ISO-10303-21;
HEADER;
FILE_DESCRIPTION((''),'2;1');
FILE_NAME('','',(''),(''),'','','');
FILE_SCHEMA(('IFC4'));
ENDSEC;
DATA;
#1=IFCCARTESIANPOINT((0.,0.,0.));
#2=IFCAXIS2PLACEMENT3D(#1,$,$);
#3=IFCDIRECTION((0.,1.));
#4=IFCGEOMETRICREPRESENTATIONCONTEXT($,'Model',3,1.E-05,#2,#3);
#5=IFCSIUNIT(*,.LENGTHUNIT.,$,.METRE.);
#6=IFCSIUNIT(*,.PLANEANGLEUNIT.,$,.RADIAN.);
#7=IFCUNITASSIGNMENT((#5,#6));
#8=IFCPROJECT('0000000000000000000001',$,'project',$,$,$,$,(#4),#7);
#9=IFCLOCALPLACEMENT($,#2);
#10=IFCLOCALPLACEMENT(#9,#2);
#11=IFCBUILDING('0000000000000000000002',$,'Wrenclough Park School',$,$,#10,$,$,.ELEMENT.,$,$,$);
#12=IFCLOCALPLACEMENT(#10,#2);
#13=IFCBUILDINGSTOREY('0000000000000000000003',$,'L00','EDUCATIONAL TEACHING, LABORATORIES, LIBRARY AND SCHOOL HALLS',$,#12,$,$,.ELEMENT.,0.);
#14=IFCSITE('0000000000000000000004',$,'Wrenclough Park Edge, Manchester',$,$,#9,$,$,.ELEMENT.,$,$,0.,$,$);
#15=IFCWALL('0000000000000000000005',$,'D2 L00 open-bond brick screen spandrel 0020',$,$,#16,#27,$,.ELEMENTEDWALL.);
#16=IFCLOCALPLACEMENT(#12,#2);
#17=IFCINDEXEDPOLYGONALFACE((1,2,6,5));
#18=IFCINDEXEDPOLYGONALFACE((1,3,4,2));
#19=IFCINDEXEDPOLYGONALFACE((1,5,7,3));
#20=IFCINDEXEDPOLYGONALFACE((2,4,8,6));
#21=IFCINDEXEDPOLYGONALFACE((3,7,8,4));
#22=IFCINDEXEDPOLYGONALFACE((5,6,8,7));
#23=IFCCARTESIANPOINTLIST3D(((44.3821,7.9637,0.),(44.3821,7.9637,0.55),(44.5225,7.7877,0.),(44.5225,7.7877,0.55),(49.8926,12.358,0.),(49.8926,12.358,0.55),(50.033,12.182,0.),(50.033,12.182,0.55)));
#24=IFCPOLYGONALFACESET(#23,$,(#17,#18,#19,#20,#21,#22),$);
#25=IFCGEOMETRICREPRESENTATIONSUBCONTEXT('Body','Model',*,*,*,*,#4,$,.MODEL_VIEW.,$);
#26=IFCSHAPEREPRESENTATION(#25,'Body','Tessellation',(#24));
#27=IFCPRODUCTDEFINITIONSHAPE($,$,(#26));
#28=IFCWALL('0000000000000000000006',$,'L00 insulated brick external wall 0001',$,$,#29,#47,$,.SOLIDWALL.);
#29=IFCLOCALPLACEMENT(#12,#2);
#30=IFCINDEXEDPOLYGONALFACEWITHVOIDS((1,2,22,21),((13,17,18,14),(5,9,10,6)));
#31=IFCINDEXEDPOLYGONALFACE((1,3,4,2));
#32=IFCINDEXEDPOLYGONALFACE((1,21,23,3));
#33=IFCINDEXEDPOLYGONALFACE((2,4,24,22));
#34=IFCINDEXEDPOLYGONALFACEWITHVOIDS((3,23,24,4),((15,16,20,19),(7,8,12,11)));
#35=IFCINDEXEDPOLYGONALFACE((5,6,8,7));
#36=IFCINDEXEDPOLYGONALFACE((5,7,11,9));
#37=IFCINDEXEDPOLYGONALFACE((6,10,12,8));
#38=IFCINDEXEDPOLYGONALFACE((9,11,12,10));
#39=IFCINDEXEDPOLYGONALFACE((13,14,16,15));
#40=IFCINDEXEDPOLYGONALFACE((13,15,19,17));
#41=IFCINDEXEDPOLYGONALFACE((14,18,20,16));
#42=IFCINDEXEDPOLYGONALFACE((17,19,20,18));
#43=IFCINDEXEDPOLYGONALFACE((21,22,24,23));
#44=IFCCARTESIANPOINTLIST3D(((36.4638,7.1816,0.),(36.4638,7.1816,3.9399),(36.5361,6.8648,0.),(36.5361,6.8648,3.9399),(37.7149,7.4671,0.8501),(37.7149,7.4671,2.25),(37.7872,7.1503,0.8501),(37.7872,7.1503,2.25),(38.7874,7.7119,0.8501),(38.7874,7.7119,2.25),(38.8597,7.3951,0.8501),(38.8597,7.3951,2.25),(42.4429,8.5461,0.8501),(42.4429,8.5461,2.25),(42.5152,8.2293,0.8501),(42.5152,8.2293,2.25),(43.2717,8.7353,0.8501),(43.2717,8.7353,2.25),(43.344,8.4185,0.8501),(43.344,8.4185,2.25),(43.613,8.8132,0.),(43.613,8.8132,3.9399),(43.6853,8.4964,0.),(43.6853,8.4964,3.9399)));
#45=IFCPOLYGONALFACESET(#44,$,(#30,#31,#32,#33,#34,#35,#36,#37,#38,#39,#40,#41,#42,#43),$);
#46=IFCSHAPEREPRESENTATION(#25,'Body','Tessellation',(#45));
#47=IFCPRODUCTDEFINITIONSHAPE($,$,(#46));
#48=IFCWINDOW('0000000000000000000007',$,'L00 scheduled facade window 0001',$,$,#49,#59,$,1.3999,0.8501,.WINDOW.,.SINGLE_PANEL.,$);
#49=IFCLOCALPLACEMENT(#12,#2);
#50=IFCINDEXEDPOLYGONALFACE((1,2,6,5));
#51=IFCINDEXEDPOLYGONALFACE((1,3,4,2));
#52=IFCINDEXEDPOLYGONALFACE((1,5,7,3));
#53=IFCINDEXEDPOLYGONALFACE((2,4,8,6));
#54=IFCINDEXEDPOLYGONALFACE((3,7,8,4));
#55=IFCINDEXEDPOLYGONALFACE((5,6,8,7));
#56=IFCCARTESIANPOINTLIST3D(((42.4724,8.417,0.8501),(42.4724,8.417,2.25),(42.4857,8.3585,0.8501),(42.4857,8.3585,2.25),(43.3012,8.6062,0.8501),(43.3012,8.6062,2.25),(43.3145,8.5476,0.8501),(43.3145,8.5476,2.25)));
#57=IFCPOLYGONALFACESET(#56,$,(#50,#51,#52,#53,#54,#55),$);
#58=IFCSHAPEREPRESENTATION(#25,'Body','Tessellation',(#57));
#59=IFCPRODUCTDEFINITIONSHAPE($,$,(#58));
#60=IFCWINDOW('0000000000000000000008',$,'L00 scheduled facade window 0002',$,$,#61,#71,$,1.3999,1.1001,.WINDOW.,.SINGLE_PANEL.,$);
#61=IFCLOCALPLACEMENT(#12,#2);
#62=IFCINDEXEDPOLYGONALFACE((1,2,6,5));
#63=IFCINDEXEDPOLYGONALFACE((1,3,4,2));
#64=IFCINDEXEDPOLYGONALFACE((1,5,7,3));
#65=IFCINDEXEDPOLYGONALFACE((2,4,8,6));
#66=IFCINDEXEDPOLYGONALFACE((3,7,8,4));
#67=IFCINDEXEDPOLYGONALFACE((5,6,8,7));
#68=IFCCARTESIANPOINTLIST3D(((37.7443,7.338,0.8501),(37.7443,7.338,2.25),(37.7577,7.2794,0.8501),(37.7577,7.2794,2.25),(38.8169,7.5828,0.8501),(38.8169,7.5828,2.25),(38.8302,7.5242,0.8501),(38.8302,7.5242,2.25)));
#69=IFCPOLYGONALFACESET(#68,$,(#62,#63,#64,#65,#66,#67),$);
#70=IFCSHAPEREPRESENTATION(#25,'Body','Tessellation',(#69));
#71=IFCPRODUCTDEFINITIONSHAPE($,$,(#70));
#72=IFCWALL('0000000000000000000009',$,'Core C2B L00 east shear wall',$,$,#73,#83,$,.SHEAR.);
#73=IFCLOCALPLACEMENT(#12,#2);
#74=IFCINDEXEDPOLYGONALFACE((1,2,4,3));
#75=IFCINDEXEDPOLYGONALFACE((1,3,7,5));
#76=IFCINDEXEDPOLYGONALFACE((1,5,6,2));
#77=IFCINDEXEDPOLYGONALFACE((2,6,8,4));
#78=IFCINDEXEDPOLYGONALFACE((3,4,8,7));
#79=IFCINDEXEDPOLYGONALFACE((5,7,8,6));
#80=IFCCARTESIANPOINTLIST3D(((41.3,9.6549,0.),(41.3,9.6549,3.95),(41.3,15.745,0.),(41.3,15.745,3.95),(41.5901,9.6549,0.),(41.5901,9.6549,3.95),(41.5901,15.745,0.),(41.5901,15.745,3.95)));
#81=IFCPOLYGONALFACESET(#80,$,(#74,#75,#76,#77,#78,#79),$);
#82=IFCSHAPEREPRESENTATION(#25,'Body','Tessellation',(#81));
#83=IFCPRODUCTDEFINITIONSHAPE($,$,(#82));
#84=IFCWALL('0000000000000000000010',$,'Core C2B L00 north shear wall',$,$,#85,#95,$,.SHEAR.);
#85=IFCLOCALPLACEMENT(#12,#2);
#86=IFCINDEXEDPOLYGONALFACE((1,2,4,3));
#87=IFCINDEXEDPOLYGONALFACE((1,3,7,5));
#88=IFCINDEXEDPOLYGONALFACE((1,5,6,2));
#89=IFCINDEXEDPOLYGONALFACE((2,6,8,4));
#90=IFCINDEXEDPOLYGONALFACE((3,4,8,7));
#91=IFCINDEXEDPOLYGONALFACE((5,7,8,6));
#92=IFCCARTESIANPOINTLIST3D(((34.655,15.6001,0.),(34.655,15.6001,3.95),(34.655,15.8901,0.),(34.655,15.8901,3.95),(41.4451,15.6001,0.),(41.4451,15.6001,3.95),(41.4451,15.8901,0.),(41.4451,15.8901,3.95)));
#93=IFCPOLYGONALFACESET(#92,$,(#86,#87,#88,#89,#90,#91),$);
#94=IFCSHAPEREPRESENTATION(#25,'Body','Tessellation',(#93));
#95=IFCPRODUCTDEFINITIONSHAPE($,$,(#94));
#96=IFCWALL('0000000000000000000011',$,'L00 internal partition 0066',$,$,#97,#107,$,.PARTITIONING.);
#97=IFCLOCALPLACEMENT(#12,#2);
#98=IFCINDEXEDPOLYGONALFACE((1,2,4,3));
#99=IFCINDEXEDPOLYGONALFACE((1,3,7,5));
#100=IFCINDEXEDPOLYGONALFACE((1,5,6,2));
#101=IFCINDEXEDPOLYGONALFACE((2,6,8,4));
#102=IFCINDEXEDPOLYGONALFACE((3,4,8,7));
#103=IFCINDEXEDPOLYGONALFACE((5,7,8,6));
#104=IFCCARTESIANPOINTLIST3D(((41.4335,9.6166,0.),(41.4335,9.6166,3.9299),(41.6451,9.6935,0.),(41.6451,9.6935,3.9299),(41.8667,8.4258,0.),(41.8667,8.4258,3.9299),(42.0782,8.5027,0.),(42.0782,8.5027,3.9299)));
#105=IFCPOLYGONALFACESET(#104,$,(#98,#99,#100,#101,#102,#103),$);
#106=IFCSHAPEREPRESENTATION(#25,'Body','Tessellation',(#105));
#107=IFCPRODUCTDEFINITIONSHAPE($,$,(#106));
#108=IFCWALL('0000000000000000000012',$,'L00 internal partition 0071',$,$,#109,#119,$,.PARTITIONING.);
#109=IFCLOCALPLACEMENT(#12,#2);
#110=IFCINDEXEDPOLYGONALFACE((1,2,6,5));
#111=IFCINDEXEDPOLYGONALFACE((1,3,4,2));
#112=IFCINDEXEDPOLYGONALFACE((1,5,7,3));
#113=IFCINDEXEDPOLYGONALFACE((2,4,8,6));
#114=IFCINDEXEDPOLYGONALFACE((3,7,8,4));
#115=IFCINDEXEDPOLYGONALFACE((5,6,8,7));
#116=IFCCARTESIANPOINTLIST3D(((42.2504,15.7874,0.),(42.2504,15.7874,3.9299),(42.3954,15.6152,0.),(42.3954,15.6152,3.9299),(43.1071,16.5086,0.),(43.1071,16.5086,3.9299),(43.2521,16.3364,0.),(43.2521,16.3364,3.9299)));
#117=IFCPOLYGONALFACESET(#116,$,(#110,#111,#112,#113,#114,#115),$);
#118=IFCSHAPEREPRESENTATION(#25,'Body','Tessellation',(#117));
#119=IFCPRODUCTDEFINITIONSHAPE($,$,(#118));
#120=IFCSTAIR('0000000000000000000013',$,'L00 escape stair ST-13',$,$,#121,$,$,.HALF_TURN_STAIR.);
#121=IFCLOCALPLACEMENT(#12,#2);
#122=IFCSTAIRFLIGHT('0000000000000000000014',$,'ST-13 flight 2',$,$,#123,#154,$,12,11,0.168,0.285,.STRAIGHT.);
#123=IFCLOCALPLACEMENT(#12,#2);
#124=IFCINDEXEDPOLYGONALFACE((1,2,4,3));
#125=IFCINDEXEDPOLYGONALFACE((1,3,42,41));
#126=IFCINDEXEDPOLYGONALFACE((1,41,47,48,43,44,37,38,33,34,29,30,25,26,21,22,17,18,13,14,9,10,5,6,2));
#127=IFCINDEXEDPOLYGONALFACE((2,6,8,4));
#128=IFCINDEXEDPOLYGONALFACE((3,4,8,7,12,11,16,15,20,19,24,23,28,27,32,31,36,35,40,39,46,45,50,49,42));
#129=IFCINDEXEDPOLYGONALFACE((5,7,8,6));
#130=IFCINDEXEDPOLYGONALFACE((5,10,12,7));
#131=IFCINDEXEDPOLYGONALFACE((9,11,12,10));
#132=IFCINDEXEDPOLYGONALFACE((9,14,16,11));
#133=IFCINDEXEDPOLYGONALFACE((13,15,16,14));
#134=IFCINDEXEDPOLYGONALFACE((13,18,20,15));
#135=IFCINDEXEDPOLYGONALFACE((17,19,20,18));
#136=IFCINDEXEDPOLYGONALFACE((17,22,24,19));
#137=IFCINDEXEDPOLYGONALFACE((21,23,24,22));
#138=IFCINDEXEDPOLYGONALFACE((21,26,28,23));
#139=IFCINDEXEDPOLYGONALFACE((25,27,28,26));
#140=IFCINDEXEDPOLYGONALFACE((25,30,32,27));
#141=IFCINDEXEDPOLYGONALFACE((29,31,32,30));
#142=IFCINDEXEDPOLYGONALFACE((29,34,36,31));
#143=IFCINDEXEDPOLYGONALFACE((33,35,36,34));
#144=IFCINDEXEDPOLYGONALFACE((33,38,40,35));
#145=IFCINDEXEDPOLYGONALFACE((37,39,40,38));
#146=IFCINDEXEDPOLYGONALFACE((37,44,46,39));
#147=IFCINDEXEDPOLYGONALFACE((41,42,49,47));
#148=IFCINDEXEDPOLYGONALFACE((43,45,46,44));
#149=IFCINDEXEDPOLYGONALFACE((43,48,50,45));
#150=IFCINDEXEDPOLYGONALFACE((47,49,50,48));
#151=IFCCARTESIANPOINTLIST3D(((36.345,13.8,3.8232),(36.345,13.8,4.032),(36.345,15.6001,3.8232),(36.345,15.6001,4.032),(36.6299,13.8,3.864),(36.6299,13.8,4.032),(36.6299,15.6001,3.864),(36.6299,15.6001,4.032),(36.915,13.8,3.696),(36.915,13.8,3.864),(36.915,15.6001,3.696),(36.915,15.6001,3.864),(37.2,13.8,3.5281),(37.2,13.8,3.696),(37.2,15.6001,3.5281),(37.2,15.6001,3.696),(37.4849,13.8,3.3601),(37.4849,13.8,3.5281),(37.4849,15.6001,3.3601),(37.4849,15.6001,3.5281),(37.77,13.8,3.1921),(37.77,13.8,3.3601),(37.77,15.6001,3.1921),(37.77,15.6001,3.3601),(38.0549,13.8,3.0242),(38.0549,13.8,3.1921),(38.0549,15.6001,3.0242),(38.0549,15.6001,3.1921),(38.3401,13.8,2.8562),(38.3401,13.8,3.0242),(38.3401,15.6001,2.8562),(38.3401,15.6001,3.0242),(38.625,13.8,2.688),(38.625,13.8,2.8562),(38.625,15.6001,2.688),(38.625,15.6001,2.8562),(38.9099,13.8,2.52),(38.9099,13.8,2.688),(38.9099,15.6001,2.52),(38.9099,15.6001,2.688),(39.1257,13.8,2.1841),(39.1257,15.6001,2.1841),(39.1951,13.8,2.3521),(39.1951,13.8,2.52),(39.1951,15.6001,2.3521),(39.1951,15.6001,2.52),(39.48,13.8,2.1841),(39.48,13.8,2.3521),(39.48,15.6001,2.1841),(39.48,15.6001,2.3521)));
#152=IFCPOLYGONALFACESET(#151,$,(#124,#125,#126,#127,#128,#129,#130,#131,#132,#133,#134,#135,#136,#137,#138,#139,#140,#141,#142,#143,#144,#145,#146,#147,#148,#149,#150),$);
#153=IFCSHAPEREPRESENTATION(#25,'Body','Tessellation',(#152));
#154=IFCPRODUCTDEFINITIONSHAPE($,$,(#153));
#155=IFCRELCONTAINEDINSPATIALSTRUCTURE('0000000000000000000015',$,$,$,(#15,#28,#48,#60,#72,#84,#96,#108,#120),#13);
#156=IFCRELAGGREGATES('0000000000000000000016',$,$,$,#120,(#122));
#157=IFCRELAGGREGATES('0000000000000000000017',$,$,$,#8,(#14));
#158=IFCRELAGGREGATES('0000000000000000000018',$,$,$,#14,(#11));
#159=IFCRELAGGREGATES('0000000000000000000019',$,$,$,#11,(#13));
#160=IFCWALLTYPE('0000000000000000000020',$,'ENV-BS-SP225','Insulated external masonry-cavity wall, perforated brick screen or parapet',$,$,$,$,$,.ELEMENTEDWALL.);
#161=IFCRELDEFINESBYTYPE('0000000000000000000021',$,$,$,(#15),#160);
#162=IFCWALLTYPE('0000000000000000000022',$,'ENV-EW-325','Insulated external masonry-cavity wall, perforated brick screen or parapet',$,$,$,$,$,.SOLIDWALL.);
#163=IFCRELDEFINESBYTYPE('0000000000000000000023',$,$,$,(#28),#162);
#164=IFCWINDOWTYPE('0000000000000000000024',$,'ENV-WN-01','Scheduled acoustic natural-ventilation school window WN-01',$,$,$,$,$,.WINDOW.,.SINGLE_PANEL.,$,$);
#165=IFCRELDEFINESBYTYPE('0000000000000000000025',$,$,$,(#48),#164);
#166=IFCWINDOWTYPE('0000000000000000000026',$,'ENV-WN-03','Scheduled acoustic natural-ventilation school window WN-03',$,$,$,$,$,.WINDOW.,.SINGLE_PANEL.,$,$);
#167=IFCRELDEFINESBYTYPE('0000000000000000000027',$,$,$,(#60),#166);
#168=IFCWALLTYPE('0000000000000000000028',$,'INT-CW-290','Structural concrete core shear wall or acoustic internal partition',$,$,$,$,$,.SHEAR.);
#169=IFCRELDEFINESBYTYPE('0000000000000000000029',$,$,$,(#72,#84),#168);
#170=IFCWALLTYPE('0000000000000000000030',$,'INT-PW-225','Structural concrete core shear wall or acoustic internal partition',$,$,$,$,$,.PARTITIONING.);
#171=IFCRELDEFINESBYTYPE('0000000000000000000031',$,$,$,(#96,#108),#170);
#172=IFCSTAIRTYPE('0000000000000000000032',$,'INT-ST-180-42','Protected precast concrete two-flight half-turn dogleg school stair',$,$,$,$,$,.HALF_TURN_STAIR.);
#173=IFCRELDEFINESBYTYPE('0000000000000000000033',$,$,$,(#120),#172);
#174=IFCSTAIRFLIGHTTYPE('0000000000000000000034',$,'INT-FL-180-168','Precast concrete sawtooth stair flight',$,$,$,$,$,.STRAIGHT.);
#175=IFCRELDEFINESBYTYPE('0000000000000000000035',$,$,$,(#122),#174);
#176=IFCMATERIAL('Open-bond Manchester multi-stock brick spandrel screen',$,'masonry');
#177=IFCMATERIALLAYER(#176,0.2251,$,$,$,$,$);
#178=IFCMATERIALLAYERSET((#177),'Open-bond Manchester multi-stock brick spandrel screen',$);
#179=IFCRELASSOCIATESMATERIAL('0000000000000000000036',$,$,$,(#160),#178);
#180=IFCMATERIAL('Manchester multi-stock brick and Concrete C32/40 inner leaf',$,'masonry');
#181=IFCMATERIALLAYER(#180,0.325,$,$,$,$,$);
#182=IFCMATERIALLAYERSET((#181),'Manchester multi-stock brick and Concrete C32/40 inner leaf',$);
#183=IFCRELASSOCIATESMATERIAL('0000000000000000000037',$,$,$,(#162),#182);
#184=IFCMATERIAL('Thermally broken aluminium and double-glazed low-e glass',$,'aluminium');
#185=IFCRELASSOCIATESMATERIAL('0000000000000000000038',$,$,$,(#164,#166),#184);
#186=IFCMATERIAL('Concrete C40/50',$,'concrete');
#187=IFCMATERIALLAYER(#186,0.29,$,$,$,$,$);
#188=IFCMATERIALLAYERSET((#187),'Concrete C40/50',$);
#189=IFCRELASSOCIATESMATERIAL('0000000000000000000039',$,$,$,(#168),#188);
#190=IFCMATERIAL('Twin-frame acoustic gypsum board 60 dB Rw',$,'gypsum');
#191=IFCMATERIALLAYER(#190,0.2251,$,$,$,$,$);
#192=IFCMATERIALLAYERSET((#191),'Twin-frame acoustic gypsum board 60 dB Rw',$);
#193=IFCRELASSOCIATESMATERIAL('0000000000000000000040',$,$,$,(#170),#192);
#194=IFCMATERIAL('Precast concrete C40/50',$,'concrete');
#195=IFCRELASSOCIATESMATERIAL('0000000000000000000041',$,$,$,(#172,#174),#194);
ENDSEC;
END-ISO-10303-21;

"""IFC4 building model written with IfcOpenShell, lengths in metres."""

from ifc_helpers import new_model, si_unit, direction, frame, frame_2d, origin, place, context, subcontext, project, spatial, polyline, rectangle, outline, extrude, material, layer, layer_set, type_object, element, fill, aggregate, save


model = new_model("IFC4")

# Units and contexts
model_context = context("Model", 3, precision=1e-05, world=origin(), true_north=direction((0.0, 1.0)))
body_context = subcontext(model_context, "Body", "Model", "MODEL_VIEW")
ifc_project = project(units=[si_unit("LENGTHUNIT", "METRE"), si_unit("PLANEANGLEUNIT", "RADIAN")], contexts=[model_context])

# Site, building, storey
site_placement = place(None, origin())
site = spatial("IfcSite", under=ifc_project, at=site_placement, Name="Wrenclough Park Edge, Manchester", CompositionType="ELEMENT", RefElevation=0.0)
building_placement = place(site_placement, origin())
building = spatial("IfcBuilding", under=site, at=building_placement, Name="Wrenclough Park School", CompositionType="ELEMENT")
storey_placement = place(building_placement, origin())
storey = spatial("IfcBuildingStorey", under=building, at=storey_placement, Name="L00", Description="EDUCATIONAL TEACHING, LABORATORIES, LIBRARY AND SCHOOL HALLS", CompositionType="ELEMENT", Elevation=0.0)

# Shared definitions
ifc_material_1 = material(Name="Concrete C40/50", Category="concrete")

# Wall
ifc_material_2 = material(Name="Open-bond Manchester multi-stock brick spandrel screen", Category="masonry")
ifc_layer_1 = layer(ifc_material_2, 0.2251)
ifc_layer_set_1 = layer_set([ifc_layer_1], Name="Open-bond Manchester multi-stock brick spandrel screen")
wall_type_1 = type_object("IfcWallType", Name="ENV-BS-SP225", Description="Insulated external masonry-cavity wall, perforated brick screen or parapet", PredefinedType="ELEMENTEDWALL", material=ifc_layer_set_1)
wall_1_placement = place(storey_placement, frame((44.4524, 7.8757, 0.0), z_axis=(0.0, 0.0, 1.0), x_axis=(0.781845, 0.623473, 0.0)))
element("IfcWall", 1, at=wall_1_placement, inside=storey, type_object=wall_type_1, Name="D2 L00 open-bond brick screen spandrel 0020", PredefinedType="ELEMENTEDWALL", context=body_context, shape_type="SweptSolid", body=[
    extrude(rectangle(XDim=7.0481, YDim=0.2251, at=frame_2d((3.5239, 0.0))), origin(), (0.0, 0.0, 1.0), 0.55),
])

# Wall, openings, windows
ifc_material_3 = material(Name="Manchester multi-stock brick and Concrete C32/40 inner leaf", Category="masonry")
ifc_layer_2 = layer(ifc_material_3, 0.325)
ifc_layer_set_2 = layer_set([ifc_layer_2], Name="Manchester multi-stock brick and Concrete C32/40 inner leaf")
wall_type_2 = type_object("IfcWallType", Name="ENV-EW-325", Description="Insulated external masonry-cavity wall, perforated brick screen or parapet", PredefinedType="SOLIDWALL", material=ifc_layer_set_2)
wall_2_placement = place(storey_placement, frame((43.6492, 8.6548, 0.0), z_axis=(0.0, 0.0, 1.0), x_axis=(-0.974933, -0.2225, 0.0)))
wall_2 = element("IfcWall", 2, at=wall_2_placement, inside=storey, type_object=wall_type_2, Name="L00 insulated brick external wall 0001", PredefinedType="SOLIDWALL", context=body_context, shape_type="SweptSolid", body=[
    extrude(rectangle(XDim=7.333, YDim=0.325, at=frame_2d((3.6665, 0.0))), origin(), (0.0, 0.0, 1.0), 3.9399),
])
opening_1_placement = place(wall_2_placement, frame((0.3501, 0.0, 0.8501)))
opening_1 = element("IfcOpeningElement", 3, at=opening_1_placement, cuts=wall_2, PredefinedType="OPENING", context=body_context, shape_type="SweptSolid", body=[
    extrude(rectangle(XDim=0.8501, YDim=1.3999, at=frame_2d((0.425, 0.7))), frame((0.0, 0.1724, 0.0), z_axis=(0.0, -1.0, 0.0), x_axis=(1.0, 0.0, 0.0)), (0.0, 0.0, 1.0), 0.345),
])
opening_2_placement = place(wall_2_placement, frame((4.9497, 0.0, 0.8501)))
opening_2 = element("IfcOpeningElement", 4, at=opening_2_placement, cuts=wall_2, PredefinedType="OPENING", context=body_context, shape_type="SweptSolid", body=[
    extrude(rectangle(XDim=1.1001, YDim=1.3999, at=frame_2d((0.55, 0.7))), frame((0.0, 0.1724, 0.0), z_axis=(0.0, -1.0, 0.0), x_axis=(1.0, 0.0, 0.0)), (0.0, 0.0, 1.0), 0.345),
])
ifc_material_4 = material(Name="Thermally broken aluminium and double-glazed low-e glass", Category="aluminium")
window_type_1 = type_object("IfcWindowType", Name="ENV-WN-01", Description="Scheduled acoustic natural-ventilation school window WN-01", PartitioningType="SINGLE_PANEL", PredefinedType="WINDOW", material=ifc_material_4)
window_1_placement = place(opening_1_placement, origin())
window_1 = element("IfcWindow", 5, at=window_1_placement, inside=storey, type_object=window_type_1, Name="L00 scheduled facade window 0001", OverallHeight=1.3999, OverallWidth=0.8501, PartitioningType="SINGLE_PANEL", PredefinedType="WINDOW", context=body_context, shape_type="SweptSolid", body=[
    extrude(rectangle(XDim=0.8501, YDim=1.3999, at=frame_2d((0.425, 0.7))), frame((0.0, 0.03, 0.0), z_axis=(0.0, -1.0, 0.0), x_axis=(1.0, 0.0, 0.0)), (0.0, 0.0, 1.0), 0.0601),
])
fill(opening_1, window_1)
window_type_2 = type_object("IfcWindowType", Name="ENV-WN-03", Description="Scheduled acoustic natural-ventilation school window WN-03", PartitioningType="SINGLE_PANEL", PredefinedType="WINDOW", material=ifc_material_4)
window_2_placement = place(opening_2_placement, origin())
window_2 = element("IfcWindow", 6, at=window_2_placement, inside=storey, type_object=window_type_2, Name="L00 scheduled facade window 0002", OverallHeight=1.3999, OverallWidth=1.1001, PartitioningType="SINGLE_PANEL", PredefinedType="WINDOW", context=body_context, shape_type="SweptSolid", body=[
    extrude(rectangle(XDim=1.1001, YDim=1.3999, at=frame_2d((0.55, 0.7))), frame((0.0, 0.03, 0.0), z_axis=(0.0, -1.0, 0.0), x_axis=(1.0, 0.0, 0.0)), (0.0, 0.0, 1.0), 0.0601),
])
fill(opening_2, window_2)

# Walls
ifc_layer_3 = layer(ifc_material_1, 0.29)
ifc_layer_set_3 = layer_set([ifc_layer_3], Name="Concrete C40/50")
wall_type_3 = type_object("IfcWallType", Name="INT-CW-290", Description="Structural concrete core shear wall or acoustic internal partition", PredefinedType="SHEAR", material=ifc_layer_set_3)
wall_3_placement = place(storey_placement, frame((41.4451, 9.655, 0.0), z_axis=(0.0, 0.0, 1.0), x_axis=(0.0, 1.0, 0.0)))
element("IfcWall", 7, at=wall_3_placement, inside=storey, type_object=wall_type_3, Name="Core C2B L00 east shear wall", PredefinedType="SHEAR", context=body_context, shape_type="SweptSolid", body=[
    extrude(rectangle(XDim=6.0901, YDim=0.29, at=frame_2d((3.0449, 0.0))), origin(), (0.0, 0.0, 1.0), 3.95),
])
wall_4_placement = place(storey_placement, frame((41.4451, 15.7451, 0.0), z_axis=(0.0, 0.0, 1.0), x_axis=(-1.0, 0.0, 0.0)))
element("IfcWall", 8, at=wall_4_placement, inside=storey, type_object=wall_type_3, Name="Core C2B L00 north shear wall", PredefinedType="SHEAR", context=body_context, shape_type="SweptSolid", body=[
    extrude(rectangle(XDim=6.79, YDim=0.29, at=frame_2d((3.395, 0.0))), origin(), (0.0, 0.0, 1.0), 3.95),
])
ifc_material_5 = material(Name="Twin-frame acoustic gypsum board 60 dB Rw", Category="gypsum")
ifc_layer_4 = layer(ifc_material_5, 0.2251)
ifc_layer_set_4 = layer_set([ifc_layer_4], Name="Twin-frame acoustic gypsum board 60 dB Rw")
wall_type_4 = type_object("IfcWallType", Name="INT-PW-225", Description="Structural concrete core shear wall or acoustic internal partition", PredefinedType="PARTITIONING", material=ifc_layer_set_4)
wall_5_placement = place(storey_placement, frame((41.5393, 9.655, 0.0), z_axis=(0.0, 0.0, 1.0), x_axis=(0.341836, -0.93976, 0.0)))
element("IfcWall", 9, at=wall_5_placement, inside=storey, type_object=wall_type_4, Name="L00 internal partition 0066", PredefinedType="PARTITIONING", context=body_context, shape_type="SweptSolid", body=[
    extrude(rectangle(XDim=1.2671, YDim=0.2251, at=frame_2d((0.6335, 0.0))), origin(), (0.0, 0.0, 1.0), 3.9299),
])
wall_6_placement = place(storey_placement, frame((43.1797, 16.4226, 0.0), z_axis=(0.0, 0.0, 1.0), x_axis=(-0.765013, -0.644015, 0.0)))
element("IfcWall", 10, at=wall_6_placement, inside=storey, type_object=wall_type_4, Name="L00 internal partition 0071", PredefinedType="PARTITIONING", context=body_context, shape_type="SweptSolid", body=[
    extrude(rectangle(XDim=1.1199, YDim=0.2251, at=frame_2d((0.5601, 0.0))), origin(), (0.0, 0.0, 1.0), 3.9299),
])

# Stair, stair flight
ifc_material_6 = material(Name="Precast concrete C40/50", Category="concrete")
stair_type = type_object("IfcStairType", Name="INT-ST-180-42", Description="Protected precast concrete two-flight half-turn dogleg school stair", PredefinedType="HALF_TURN_STAIR", material=ifc_material_6)
stair_placement = place(storey_placement, origin())
stair = element("IfcStair", 11, at=stair_placement, inside=storey, type_object=stair_type, Name="L00 escape stair ST-13", PredefinedType="HALF_TURN_STAIR")
stair_flight_type = type_object("IfcStairFlightType", Name="INT-FL-180-168", Description="Precast concrete sawtooth stair flight", PredefinedType="STRAIGHT", material=ifc_material_6)
stair_flight_placement = place(storey_placement, frame((39.48, 14.7, 2.1841), z_axis=(0.0, 0.0, 1.0), x_axis=(-1.0, 0.0, 0.0)))
stair_flight = element("IfcStairFlight", 12, at=stair_flight_placement, type_object=stair_flight_type, Name="ST-13 flight 2", NumberOfRisers=12, NumberOfTreads=11, PredefinedType="STRAIGHT", RiserHeight=0.168, TreadLength=0.285, context=body_context, shape_type="SweptSolid", body=[
    extrude(outline(polyline([(0.0, 0.0), (0.0, 0.168), (0.2849, 0.168), (0.2849, 0.3359), (0.5701, 0.3359), (0.5701, 0.5039), (0.855, 0.5039), (0.855, 0.6721), (1.1399, 0.6721), (1.1399, 0.8401), (1.425, 0.8401), (1.425, 1.0081), (1.71, 1.0081), (1.71, 1.176), (1.9951, 1.176), (1.9951, 1.344), (2.28, 1.344), (2.28, 1.512), (2.5649, 1.512), (2.5649, 1.6799), (2.8501, 1.6799), (2.8501, 1.8479), (3.135, 1.8479), (3.135, 2.0161), (3.135, 1.6392), (0.3542, 0.0), (0.0, 0.0)])), frame((0.0, 0.8999, 0.0), z_axis=(0.0, -1.0, 0.0), x_axis=(1.0, 0.0, 0.0)), (0.0, 0.0, 1.0), 1.8),
])
aggregate(stair, [stair_flight])

save(model, "model.ifc")
